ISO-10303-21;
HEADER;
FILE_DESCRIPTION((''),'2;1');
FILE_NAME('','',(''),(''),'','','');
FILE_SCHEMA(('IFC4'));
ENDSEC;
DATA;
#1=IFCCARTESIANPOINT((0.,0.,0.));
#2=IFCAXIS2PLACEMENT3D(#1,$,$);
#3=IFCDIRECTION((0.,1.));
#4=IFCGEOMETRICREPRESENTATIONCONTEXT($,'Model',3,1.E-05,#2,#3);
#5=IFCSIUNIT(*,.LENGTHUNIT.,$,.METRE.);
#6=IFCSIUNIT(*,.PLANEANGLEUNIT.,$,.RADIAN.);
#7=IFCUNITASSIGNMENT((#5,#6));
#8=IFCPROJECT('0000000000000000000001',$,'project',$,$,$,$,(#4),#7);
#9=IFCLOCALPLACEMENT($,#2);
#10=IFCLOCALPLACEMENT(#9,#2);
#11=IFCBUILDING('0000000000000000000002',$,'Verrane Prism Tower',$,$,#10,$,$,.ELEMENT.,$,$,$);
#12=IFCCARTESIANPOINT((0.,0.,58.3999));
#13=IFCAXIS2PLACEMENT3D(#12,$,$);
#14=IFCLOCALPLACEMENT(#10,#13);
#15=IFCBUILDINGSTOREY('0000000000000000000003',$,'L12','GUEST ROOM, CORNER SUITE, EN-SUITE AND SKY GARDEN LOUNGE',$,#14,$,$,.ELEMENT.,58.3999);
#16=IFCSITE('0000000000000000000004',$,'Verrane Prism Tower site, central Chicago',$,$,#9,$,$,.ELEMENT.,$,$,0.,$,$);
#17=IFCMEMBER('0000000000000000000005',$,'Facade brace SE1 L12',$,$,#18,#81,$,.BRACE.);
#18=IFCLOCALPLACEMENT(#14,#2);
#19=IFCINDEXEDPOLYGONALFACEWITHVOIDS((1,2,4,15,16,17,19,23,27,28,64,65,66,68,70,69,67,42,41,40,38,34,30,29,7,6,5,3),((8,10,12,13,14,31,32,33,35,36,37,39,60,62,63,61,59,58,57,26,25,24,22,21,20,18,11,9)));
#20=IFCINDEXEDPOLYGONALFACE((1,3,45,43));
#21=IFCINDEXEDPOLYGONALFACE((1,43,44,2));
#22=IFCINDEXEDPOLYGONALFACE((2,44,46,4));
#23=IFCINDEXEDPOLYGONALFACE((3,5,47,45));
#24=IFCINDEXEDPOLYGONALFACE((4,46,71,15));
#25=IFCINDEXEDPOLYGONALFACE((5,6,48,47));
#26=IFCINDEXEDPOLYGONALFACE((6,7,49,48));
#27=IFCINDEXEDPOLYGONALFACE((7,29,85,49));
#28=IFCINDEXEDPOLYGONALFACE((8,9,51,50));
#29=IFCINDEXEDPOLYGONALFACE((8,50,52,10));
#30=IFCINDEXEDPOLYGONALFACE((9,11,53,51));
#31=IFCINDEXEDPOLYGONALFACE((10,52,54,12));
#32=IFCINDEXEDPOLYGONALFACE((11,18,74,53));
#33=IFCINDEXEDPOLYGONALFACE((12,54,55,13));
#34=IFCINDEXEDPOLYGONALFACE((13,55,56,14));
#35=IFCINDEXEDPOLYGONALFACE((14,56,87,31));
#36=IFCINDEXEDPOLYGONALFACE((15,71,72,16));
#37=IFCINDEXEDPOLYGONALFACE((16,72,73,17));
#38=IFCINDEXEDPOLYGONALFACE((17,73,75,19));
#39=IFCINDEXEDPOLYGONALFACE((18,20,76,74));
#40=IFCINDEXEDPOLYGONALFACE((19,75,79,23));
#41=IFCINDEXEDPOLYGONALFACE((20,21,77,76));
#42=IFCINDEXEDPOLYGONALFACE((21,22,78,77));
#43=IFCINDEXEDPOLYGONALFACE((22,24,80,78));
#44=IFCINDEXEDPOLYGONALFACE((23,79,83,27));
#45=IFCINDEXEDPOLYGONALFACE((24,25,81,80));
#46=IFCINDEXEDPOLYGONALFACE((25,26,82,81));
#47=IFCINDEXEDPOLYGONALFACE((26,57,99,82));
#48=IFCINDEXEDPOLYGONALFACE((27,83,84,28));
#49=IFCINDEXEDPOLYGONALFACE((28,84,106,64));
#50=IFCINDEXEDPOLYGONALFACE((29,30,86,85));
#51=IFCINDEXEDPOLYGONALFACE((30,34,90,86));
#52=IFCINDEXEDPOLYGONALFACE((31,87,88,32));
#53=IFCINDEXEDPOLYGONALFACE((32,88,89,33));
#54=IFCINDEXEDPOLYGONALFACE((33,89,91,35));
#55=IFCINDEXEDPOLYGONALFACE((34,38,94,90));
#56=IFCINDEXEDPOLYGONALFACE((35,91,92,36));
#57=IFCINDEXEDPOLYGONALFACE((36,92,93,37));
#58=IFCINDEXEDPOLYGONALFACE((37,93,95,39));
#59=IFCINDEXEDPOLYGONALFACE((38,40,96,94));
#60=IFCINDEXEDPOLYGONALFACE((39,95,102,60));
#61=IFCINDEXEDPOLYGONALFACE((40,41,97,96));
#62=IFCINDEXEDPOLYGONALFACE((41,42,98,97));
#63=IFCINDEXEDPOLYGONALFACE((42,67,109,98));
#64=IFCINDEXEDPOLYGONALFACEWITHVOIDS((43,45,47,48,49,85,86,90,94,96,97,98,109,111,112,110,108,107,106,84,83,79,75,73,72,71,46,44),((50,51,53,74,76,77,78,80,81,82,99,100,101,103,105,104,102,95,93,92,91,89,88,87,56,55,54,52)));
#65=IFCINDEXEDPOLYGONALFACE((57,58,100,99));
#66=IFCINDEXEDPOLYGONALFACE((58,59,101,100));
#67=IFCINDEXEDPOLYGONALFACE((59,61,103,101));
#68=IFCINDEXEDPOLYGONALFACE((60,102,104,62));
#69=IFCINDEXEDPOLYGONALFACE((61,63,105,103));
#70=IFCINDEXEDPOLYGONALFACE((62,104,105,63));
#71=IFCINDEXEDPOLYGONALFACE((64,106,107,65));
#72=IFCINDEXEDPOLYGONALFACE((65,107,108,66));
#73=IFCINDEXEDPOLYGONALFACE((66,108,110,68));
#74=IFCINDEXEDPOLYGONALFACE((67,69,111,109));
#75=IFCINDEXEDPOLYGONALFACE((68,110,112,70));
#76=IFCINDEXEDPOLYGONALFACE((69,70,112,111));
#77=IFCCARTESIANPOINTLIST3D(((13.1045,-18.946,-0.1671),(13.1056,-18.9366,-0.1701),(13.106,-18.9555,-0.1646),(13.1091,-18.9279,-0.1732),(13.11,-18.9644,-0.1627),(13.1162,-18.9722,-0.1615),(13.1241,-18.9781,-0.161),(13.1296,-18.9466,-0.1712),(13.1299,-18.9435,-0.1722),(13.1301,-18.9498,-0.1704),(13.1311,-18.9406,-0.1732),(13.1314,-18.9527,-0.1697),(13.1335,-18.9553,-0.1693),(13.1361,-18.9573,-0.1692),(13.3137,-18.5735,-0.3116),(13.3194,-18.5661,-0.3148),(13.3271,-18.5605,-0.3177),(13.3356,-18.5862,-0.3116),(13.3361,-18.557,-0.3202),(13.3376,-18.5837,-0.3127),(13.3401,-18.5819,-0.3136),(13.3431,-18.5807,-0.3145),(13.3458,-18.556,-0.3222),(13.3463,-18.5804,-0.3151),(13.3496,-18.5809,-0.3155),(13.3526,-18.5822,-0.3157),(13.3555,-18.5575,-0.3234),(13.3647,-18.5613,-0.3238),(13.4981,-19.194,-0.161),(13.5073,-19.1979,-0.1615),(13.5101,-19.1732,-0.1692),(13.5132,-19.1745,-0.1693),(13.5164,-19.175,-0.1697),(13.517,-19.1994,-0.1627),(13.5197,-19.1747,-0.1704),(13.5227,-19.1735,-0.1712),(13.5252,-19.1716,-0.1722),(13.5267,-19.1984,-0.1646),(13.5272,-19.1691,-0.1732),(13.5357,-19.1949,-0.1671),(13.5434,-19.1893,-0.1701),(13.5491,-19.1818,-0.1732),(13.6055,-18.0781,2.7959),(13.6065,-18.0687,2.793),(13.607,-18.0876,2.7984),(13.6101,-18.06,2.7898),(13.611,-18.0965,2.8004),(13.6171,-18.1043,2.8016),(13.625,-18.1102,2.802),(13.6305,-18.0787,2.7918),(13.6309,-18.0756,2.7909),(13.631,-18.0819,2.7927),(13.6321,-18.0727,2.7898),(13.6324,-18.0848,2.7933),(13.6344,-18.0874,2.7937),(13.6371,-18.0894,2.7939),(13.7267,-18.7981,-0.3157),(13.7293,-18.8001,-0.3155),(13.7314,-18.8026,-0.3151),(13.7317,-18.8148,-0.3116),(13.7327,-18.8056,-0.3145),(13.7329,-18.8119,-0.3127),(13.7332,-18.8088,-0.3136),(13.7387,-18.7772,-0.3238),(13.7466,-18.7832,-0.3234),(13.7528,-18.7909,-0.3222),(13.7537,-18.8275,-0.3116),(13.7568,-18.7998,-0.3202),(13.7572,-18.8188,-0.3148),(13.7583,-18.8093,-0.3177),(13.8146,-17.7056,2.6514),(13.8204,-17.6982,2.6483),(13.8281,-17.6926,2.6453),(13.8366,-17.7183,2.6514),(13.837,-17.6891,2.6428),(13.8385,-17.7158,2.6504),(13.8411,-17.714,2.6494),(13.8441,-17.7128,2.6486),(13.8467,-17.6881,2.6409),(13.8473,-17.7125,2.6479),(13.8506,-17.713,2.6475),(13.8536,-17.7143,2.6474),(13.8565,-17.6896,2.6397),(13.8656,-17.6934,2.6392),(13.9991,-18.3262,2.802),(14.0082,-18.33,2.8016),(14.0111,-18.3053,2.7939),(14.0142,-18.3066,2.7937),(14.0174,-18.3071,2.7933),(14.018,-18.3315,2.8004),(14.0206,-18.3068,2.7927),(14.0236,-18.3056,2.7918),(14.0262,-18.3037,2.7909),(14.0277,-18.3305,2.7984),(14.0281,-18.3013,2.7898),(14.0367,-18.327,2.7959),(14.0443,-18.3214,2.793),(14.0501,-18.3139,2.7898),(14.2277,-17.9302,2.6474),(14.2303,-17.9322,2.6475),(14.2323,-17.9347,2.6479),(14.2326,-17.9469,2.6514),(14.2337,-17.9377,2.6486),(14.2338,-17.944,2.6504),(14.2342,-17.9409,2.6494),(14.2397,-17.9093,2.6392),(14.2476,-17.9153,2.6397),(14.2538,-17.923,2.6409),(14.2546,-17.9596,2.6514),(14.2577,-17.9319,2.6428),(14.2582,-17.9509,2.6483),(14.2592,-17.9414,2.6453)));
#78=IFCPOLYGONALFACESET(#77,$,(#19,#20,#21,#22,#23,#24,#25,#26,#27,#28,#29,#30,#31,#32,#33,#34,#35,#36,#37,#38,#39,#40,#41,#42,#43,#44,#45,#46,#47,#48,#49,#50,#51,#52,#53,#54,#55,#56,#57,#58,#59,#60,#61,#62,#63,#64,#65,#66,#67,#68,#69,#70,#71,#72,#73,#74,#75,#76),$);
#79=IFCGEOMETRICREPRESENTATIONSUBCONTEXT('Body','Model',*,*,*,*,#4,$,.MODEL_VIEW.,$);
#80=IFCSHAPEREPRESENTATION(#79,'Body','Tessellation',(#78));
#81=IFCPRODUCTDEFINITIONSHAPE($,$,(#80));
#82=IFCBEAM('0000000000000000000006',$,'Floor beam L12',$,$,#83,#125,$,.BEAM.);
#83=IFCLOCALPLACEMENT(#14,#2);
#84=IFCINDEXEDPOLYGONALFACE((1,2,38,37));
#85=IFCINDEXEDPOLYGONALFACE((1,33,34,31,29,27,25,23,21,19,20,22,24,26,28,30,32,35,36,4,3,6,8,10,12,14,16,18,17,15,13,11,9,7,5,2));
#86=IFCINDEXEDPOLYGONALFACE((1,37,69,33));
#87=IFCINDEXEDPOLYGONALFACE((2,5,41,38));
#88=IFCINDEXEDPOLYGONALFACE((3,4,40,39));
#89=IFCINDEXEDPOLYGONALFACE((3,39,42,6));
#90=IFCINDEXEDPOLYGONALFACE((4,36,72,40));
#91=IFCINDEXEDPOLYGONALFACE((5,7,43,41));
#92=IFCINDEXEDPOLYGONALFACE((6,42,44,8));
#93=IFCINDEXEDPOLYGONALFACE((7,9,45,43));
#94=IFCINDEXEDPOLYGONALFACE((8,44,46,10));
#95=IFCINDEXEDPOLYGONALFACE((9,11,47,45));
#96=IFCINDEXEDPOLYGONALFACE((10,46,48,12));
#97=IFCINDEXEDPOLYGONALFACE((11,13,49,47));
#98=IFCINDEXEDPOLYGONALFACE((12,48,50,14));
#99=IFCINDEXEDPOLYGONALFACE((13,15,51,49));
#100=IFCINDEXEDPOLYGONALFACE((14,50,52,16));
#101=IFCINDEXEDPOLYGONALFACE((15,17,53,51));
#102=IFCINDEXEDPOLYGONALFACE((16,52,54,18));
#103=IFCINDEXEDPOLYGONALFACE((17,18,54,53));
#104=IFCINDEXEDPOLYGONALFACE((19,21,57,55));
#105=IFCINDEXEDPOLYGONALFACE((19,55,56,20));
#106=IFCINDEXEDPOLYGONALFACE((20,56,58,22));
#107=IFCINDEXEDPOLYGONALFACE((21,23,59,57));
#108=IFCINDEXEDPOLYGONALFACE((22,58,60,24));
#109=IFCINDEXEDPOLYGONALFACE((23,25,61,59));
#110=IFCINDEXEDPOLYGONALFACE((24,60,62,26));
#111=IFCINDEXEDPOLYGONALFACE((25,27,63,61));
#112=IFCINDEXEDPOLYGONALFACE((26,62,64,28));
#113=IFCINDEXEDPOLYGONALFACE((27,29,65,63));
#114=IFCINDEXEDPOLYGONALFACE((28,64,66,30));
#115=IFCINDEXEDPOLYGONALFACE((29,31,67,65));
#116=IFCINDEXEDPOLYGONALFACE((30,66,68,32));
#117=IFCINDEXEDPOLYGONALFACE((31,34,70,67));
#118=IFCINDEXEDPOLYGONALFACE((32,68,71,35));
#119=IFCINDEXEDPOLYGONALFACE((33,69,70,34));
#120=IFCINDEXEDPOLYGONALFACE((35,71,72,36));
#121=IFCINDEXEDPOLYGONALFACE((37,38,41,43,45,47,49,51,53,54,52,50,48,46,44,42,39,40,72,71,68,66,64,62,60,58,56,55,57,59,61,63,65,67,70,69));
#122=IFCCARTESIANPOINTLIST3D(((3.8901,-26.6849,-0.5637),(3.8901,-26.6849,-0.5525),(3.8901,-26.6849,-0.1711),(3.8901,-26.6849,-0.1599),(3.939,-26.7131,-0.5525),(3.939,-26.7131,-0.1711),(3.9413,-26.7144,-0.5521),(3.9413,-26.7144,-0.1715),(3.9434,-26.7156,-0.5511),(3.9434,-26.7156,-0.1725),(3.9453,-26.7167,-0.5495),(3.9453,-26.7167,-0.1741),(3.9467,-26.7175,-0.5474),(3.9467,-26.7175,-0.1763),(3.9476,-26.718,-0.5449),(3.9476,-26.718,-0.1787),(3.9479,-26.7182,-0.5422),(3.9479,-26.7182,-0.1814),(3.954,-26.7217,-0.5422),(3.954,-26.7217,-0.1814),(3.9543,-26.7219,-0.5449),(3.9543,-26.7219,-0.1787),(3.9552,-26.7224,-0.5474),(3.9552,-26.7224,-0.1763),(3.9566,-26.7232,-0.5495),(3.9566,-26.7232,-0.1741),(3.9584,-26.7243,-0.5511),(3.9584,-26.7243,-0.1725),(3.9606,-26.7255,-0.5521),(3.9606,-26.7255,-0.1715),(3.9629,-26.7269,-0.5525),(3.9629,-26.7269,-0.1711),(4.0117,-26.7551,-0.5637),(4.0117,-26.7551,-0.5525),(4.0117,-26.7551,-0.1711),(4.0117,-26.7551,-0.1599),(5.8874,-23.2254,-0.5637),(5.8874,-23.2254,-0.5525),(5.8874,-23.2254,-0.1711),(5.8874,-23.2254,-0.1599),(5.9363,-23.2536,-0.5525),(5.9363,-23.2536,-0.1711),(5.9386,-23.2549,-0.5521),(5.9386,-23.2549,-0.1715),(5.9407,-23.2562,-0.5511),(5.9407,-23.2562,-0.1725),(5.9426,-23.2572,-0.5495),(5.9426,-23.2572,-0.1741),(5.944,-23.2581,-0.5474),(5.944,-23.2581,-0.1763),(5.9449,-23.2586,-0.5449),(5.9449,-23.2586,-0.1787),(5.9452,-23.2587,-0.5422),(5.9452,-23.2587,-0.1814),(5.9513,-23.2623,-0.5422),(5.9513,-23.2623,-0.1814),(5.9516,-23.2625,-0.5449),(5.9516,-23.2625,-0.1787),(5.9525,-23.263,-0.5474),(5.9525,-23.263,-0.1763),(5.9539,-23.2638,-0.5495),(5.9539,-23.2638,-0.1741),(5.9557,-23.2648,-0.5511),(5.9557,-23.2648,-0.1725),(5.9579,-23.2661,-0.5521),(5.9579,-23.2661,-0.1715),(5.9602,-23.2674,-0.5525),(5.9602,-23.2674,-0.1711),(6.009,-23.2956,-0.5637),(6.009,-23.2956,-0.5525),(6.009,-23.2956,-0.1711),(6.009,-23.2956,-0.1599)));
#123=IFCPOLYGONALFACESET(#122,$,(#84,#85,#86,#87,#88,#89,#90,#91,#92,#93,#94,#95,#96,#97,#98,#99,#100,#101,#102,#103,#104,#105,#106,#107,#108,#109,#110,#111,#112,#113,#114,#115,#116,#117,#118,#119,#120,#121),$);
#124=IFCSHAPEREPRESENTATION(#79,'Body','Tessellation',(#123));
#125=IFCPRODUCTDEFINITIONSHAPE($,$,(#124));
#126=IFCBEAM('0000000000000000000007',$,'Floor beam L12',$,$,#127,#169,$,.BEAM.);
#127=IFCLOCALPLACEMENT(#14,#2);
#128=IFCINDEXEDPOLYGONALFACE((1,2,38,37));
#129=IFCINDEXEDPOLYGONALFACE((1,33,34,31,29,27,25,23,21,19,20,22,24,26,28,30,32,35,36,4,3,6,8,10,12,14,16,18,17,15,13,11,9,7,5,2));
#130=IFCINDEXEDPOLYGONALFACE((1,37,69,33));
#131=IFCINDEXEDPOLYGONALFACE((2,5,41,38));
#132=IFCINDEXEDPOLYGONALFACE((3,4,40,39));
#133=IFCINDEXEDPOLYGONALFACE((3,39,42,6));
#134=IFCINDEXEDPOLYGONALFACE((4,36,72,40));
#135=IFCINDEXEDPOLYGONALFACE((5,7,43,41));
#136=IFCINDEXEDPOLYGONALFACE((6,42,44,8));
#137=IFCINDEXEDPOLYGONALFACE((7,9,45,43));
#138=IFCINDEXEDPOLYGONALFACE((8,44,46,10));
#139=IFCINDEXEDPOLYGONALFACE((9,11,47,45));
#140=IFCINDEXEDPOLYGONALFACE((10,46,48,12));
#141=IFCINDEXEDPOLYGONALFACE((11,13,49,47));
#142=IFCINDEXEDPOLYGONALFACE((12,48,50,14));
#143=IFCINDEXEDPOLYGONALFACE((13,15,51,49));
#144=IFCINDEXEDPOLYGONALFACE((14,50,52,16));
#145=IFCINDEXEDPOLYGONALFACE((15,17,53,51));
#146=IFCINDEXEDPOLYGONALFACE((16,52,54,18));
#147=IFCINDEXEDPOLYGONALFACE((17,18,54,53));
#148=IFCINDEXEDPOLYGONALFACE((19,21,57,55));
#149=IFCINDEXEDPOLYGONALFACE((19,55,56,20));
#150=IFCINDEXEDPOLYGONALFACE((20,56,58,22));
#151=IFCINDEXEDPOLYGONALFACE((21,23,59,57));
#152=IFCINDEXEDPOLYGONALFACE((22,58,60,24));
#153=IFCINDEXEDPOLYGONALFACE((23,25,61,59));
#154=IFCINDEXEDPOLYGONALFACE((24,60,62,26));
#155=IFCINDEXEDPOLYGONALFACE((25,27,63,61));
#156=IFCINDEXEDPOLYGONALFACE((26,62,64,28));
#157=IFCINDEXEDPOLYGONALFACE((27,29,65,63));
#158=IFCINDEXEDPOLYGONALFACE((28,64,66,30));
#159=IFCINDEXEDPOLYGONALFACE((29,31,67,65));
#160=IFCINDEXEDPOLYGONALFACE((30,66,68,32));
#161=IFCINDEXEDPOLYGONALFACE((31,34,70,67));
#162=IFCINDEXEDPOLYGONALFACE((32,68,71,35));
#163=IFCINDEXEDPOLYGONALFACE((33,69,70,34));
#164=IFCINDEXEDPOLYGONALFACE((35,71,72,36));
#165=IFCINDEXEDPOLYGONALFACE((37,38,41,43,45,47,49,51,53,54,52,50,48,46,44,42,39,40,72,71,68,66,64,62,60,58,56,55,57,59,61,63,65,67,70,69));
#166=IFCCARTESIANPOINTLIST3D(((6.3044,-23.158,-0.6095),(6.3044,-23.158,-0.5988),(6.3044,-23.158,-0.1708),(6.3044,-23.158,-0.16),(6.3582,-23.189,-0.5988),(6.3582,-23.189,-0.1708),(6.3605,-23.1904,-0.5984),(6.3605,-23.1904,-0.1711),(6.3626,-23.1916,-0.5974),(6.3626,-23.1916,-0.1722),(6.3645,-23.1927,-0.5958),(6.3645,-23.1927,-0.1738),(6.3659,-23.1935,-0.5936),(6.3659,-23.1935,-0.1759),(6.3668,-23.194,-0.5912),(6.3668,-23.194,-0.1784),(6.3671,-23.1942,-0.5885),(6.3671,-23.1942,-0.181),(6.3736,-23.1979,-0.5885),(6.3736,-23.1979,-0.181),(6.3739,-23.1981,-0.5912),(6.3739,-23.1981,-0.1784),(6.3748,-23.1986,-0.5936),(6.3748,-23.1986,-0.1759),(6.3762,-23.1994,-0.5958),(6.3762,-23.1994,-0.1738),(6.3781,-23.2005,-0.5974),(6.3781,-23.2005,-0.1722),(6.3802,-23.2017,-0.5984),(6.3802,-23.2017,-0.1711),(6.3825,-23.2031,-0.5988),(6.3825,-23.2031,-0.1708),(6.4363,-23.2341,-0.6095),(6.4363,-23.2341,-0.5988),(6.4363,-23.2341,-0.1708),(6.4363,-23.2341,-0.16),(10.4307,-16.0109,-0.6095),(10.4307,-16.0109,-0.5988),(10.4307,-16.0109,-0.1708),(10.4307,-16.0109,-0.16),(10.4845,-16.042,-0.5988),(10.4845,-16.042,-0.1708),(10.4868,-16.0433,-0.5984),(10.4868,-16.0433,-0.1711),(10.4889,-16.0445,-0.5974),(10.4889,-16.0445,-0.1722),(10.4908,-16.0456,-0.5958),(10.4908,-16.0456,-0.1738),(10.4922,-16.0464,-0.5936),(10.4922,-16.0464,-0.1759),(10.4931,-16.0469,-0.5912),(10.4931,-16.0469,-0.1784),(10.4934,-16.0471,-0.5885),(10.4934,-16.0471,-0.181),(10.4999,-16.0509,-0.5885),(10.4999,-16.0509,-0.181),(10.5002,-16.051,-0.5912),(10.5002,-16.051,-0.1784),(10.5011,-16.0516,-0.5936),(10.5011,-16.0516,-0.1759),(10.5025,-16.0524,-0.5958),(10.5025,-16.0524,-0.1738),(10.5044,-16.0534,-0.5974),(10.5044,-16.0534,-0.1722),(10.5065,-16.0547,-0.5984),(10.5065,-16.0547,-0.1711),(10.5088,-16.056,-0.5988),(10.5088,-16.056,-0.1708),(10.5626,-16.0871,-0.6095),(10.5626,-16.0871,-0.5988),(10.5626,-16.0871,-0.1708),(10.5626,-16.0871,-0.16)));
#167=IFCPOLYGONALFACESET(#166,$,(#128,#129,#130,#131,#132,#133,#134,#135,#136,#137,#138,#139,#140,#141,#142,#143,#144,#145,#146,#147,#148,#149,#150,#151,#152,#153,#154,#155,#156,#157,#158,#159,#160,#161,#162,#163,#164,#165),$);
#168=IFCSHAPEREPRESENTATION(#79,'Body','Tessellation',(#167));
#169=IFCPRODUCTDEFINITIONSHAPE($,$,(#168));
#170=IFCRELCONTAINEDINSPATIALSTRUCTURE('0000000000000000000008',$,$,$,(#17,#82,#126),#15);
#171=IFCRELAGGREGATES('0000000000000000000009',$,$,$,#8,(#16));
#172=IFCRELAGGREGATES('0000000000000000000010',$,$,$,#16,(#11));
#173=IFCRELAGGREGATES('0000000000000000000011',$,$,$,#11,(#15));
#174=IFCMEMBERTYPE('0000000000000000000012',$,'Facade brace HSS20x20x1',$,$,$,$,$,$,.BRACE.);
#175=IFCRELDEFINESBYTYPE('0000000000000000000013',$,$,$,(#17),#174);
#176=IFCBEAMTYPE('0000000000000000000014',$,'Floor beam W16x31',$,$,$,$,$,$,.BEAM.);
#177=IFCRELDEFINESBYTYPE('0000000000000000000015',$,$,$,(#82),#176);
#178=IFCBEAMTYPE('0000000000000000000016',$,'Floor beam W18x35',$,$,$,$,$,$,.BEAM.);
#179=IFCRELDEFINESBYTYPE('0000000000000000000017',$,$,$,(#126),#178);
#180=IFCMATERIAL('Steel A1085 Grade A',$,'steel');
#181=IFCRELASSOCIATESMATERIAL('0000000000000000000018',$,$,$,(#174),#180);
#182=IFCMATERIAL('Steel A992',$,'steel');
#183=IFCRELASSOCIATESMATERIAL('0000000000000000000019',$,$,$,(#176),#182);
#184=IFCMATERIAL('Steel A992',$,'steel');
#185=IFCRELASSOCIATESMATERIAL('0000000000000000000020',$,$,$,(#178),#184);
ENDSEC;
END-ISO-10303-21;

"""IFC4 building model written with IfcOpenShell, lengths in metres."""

from ifc_helpers import new_model, si_unit, direction, frame, origin, origin_2d, place, context, subcontext, project, spatial, hollow_rectangle, i_section, extrude, material, material_profile, profile_set, type_object, element, save


model = new_model("IFC4")

# Units and contexts
model_context = context("Model", 3, precision=1e-05, world=origin(), true_north=direction((0.0, 1.0)))
body_context = subcontext(model_context, "Body", "Model", "MODEL_VIEW")
ifc_project = project(units=[si_unit("LENGTHUNIT", "METRE"), si_unit("PLANEANGLEUNIT", "RADIAN")], contexts=[model_context])

# Site, building, storey
site_placement = place(None, origin())
site = spatial("IfcSite", under=ifc_project, at=site_placement, Name="Verrane Prism Tower site, central Chicago", CompositionType="ELEMENT", RefElevation=0.0)
building_placement = place(site_placement, origin())
building = spatial("IfcBuilding", under=site, at=building_placement, Name="Verrane Prism Tower", CompositionType="ELEMENT")
storey_placement = place(building_placement, frame((0.0, 0.0, 58.3999)))
storey = spatial("IfcBuildingStorey", under=building, at=storey_placement, Name="L12", Description="GUEST ROOM, CORNER SUITE, EN-SUITE AND SKY GARDEN LOUNGE", CompositionType="ELEMENT", Elevation=58.3999)

# Member
ifc_material_1 = material(Name="Steel A1085 Grade A", Category="steel")
ifc_material_profile_1 = material_profile(ifc_material_1, hollow_rectangle(XDim=0.5081, YDim=0.5081, WallThickness=0.0254, InnerFilletRadius=0.0127, OuterFilletRadius=0.0381, at=origin_2d()), Name="HSS20x20x1")
ifc_profile_set_1 = profile_set([ifc_material_profile_1], Name="Steel A1085 Grade A")
member_type_1 = type_object("IfcMemberType", Name="Facade brace HSS20x20x1", PredefinedType="BRACE", material=ifc_profile_set_1)
member_1_placement = place(storey_placement, frame((13.4314, -18.8777, -0.2424), z_axis=(0.160158, 0.277467, 0.947291), x_axis=(-0.866076, 0.499912, 0.0)))
element("IfcMember", 1, at=member_1_placement, inside=storey, type_object=member_type_1, Name="Facade brace SE1 L12", PredefinedType="BRACE", context=body_context, shape_type="SweptSolid", body=[
    extrude(hollow_rectangle(XDim=0.5081, YDim=0.5081, WallThickness=0.0254, InnerFilletRadius=0.0127, OuterFilletRadius=0.0381, at=origin_2d()), origin(), (0.0, 0.0, 1.0), 3.1279),
])

# Beams
ifc_material_2 = material(Name="Steel A992", Category="steel")
ifc_material_profile_2 = material_profile(ifc_material_2, i_section(OverallWidth=0.1404, OverallDepth=0.4038, WebThickness=0.0071, FlangeThickness=0.0112, FilletRadius=0.0103, at=origin_2d()), Name="W16x31")
ifc_profile_set_2 = profile_set([ifc_material_profile_2], Name="Steel A992")
beam_type_1 = type_object("IfcBeamType", Name="Floor beam W16x31", PredefinedType="BEAM", material=ifc_profile_set_2)
beam_1_placement = place(storey_placement, frame((3.9509, -26.72, -0.3618), z_axis=(0.499998, 0.866027, 0.0), x_axis=(-0.866027, 0.499998, 0.0)))
element("IfcBeam", 2, at=beam_1_placement, inside=storey, type_object=beam_type_1, Name="Floor beam L12", PredefinedType="BEAM", context=body_context, shape_type="SweptSolid", body=[
    extrude(i_section(OverallWidth=0.1404, OverallDepth=0.4038, WebThickness=0.0071, FlangeThickness=0.0112, FilletRadius=0.0103, at=origin_2d()), origin(), (0.0, 0.0, 1.0), 3.9946),
])
ifc_material_3 = material(Name="Steel A992", Category="steel")
ifc_material_profile_3 = material_profile(ifc_material_3, i_section(OverallWidth=0.1523, OverallDepth=0.4495, WebThickness=0.0076, FlangeThickness=0.0107, FilletRadius=0.0103, at=origin_2d()), Name="W18x35")
ifc_profile_set_3 = profile_set([ifc_material_profile_3], Name="Steel A992")
beam_type_2 = type_object("IfcBeamType", Name="Floor beam W18x35", PredefinedType="BEAM", material=ifc_profile_set_3)
beam_2_placement = place(storey_placement, frame((6.3704, -23.196, -0.3848), z_axis=(0.499992, 0.86603, 0.0), x_axis=(-0.86603, 0.499992, 0.0)))
element("IfcBeam", 3, at=beam_2_placement, inside=storey, type_object=beam_type_2, Name="Floor beam L12", PredefinedType="BEAM", context=body_context, shape_type="SweptSolid", body=[
    extrude(i_section(OverallWidth=0.1523, OverallDepth=0.4495, WebThickness=0.0076, FlangeThickness=0.0107, FilletRadius=0.0103, at=origin_2d()), origin(), (0.0, 0.0, 1.0), 8.2527),
])

save(model, "model.ifc")
